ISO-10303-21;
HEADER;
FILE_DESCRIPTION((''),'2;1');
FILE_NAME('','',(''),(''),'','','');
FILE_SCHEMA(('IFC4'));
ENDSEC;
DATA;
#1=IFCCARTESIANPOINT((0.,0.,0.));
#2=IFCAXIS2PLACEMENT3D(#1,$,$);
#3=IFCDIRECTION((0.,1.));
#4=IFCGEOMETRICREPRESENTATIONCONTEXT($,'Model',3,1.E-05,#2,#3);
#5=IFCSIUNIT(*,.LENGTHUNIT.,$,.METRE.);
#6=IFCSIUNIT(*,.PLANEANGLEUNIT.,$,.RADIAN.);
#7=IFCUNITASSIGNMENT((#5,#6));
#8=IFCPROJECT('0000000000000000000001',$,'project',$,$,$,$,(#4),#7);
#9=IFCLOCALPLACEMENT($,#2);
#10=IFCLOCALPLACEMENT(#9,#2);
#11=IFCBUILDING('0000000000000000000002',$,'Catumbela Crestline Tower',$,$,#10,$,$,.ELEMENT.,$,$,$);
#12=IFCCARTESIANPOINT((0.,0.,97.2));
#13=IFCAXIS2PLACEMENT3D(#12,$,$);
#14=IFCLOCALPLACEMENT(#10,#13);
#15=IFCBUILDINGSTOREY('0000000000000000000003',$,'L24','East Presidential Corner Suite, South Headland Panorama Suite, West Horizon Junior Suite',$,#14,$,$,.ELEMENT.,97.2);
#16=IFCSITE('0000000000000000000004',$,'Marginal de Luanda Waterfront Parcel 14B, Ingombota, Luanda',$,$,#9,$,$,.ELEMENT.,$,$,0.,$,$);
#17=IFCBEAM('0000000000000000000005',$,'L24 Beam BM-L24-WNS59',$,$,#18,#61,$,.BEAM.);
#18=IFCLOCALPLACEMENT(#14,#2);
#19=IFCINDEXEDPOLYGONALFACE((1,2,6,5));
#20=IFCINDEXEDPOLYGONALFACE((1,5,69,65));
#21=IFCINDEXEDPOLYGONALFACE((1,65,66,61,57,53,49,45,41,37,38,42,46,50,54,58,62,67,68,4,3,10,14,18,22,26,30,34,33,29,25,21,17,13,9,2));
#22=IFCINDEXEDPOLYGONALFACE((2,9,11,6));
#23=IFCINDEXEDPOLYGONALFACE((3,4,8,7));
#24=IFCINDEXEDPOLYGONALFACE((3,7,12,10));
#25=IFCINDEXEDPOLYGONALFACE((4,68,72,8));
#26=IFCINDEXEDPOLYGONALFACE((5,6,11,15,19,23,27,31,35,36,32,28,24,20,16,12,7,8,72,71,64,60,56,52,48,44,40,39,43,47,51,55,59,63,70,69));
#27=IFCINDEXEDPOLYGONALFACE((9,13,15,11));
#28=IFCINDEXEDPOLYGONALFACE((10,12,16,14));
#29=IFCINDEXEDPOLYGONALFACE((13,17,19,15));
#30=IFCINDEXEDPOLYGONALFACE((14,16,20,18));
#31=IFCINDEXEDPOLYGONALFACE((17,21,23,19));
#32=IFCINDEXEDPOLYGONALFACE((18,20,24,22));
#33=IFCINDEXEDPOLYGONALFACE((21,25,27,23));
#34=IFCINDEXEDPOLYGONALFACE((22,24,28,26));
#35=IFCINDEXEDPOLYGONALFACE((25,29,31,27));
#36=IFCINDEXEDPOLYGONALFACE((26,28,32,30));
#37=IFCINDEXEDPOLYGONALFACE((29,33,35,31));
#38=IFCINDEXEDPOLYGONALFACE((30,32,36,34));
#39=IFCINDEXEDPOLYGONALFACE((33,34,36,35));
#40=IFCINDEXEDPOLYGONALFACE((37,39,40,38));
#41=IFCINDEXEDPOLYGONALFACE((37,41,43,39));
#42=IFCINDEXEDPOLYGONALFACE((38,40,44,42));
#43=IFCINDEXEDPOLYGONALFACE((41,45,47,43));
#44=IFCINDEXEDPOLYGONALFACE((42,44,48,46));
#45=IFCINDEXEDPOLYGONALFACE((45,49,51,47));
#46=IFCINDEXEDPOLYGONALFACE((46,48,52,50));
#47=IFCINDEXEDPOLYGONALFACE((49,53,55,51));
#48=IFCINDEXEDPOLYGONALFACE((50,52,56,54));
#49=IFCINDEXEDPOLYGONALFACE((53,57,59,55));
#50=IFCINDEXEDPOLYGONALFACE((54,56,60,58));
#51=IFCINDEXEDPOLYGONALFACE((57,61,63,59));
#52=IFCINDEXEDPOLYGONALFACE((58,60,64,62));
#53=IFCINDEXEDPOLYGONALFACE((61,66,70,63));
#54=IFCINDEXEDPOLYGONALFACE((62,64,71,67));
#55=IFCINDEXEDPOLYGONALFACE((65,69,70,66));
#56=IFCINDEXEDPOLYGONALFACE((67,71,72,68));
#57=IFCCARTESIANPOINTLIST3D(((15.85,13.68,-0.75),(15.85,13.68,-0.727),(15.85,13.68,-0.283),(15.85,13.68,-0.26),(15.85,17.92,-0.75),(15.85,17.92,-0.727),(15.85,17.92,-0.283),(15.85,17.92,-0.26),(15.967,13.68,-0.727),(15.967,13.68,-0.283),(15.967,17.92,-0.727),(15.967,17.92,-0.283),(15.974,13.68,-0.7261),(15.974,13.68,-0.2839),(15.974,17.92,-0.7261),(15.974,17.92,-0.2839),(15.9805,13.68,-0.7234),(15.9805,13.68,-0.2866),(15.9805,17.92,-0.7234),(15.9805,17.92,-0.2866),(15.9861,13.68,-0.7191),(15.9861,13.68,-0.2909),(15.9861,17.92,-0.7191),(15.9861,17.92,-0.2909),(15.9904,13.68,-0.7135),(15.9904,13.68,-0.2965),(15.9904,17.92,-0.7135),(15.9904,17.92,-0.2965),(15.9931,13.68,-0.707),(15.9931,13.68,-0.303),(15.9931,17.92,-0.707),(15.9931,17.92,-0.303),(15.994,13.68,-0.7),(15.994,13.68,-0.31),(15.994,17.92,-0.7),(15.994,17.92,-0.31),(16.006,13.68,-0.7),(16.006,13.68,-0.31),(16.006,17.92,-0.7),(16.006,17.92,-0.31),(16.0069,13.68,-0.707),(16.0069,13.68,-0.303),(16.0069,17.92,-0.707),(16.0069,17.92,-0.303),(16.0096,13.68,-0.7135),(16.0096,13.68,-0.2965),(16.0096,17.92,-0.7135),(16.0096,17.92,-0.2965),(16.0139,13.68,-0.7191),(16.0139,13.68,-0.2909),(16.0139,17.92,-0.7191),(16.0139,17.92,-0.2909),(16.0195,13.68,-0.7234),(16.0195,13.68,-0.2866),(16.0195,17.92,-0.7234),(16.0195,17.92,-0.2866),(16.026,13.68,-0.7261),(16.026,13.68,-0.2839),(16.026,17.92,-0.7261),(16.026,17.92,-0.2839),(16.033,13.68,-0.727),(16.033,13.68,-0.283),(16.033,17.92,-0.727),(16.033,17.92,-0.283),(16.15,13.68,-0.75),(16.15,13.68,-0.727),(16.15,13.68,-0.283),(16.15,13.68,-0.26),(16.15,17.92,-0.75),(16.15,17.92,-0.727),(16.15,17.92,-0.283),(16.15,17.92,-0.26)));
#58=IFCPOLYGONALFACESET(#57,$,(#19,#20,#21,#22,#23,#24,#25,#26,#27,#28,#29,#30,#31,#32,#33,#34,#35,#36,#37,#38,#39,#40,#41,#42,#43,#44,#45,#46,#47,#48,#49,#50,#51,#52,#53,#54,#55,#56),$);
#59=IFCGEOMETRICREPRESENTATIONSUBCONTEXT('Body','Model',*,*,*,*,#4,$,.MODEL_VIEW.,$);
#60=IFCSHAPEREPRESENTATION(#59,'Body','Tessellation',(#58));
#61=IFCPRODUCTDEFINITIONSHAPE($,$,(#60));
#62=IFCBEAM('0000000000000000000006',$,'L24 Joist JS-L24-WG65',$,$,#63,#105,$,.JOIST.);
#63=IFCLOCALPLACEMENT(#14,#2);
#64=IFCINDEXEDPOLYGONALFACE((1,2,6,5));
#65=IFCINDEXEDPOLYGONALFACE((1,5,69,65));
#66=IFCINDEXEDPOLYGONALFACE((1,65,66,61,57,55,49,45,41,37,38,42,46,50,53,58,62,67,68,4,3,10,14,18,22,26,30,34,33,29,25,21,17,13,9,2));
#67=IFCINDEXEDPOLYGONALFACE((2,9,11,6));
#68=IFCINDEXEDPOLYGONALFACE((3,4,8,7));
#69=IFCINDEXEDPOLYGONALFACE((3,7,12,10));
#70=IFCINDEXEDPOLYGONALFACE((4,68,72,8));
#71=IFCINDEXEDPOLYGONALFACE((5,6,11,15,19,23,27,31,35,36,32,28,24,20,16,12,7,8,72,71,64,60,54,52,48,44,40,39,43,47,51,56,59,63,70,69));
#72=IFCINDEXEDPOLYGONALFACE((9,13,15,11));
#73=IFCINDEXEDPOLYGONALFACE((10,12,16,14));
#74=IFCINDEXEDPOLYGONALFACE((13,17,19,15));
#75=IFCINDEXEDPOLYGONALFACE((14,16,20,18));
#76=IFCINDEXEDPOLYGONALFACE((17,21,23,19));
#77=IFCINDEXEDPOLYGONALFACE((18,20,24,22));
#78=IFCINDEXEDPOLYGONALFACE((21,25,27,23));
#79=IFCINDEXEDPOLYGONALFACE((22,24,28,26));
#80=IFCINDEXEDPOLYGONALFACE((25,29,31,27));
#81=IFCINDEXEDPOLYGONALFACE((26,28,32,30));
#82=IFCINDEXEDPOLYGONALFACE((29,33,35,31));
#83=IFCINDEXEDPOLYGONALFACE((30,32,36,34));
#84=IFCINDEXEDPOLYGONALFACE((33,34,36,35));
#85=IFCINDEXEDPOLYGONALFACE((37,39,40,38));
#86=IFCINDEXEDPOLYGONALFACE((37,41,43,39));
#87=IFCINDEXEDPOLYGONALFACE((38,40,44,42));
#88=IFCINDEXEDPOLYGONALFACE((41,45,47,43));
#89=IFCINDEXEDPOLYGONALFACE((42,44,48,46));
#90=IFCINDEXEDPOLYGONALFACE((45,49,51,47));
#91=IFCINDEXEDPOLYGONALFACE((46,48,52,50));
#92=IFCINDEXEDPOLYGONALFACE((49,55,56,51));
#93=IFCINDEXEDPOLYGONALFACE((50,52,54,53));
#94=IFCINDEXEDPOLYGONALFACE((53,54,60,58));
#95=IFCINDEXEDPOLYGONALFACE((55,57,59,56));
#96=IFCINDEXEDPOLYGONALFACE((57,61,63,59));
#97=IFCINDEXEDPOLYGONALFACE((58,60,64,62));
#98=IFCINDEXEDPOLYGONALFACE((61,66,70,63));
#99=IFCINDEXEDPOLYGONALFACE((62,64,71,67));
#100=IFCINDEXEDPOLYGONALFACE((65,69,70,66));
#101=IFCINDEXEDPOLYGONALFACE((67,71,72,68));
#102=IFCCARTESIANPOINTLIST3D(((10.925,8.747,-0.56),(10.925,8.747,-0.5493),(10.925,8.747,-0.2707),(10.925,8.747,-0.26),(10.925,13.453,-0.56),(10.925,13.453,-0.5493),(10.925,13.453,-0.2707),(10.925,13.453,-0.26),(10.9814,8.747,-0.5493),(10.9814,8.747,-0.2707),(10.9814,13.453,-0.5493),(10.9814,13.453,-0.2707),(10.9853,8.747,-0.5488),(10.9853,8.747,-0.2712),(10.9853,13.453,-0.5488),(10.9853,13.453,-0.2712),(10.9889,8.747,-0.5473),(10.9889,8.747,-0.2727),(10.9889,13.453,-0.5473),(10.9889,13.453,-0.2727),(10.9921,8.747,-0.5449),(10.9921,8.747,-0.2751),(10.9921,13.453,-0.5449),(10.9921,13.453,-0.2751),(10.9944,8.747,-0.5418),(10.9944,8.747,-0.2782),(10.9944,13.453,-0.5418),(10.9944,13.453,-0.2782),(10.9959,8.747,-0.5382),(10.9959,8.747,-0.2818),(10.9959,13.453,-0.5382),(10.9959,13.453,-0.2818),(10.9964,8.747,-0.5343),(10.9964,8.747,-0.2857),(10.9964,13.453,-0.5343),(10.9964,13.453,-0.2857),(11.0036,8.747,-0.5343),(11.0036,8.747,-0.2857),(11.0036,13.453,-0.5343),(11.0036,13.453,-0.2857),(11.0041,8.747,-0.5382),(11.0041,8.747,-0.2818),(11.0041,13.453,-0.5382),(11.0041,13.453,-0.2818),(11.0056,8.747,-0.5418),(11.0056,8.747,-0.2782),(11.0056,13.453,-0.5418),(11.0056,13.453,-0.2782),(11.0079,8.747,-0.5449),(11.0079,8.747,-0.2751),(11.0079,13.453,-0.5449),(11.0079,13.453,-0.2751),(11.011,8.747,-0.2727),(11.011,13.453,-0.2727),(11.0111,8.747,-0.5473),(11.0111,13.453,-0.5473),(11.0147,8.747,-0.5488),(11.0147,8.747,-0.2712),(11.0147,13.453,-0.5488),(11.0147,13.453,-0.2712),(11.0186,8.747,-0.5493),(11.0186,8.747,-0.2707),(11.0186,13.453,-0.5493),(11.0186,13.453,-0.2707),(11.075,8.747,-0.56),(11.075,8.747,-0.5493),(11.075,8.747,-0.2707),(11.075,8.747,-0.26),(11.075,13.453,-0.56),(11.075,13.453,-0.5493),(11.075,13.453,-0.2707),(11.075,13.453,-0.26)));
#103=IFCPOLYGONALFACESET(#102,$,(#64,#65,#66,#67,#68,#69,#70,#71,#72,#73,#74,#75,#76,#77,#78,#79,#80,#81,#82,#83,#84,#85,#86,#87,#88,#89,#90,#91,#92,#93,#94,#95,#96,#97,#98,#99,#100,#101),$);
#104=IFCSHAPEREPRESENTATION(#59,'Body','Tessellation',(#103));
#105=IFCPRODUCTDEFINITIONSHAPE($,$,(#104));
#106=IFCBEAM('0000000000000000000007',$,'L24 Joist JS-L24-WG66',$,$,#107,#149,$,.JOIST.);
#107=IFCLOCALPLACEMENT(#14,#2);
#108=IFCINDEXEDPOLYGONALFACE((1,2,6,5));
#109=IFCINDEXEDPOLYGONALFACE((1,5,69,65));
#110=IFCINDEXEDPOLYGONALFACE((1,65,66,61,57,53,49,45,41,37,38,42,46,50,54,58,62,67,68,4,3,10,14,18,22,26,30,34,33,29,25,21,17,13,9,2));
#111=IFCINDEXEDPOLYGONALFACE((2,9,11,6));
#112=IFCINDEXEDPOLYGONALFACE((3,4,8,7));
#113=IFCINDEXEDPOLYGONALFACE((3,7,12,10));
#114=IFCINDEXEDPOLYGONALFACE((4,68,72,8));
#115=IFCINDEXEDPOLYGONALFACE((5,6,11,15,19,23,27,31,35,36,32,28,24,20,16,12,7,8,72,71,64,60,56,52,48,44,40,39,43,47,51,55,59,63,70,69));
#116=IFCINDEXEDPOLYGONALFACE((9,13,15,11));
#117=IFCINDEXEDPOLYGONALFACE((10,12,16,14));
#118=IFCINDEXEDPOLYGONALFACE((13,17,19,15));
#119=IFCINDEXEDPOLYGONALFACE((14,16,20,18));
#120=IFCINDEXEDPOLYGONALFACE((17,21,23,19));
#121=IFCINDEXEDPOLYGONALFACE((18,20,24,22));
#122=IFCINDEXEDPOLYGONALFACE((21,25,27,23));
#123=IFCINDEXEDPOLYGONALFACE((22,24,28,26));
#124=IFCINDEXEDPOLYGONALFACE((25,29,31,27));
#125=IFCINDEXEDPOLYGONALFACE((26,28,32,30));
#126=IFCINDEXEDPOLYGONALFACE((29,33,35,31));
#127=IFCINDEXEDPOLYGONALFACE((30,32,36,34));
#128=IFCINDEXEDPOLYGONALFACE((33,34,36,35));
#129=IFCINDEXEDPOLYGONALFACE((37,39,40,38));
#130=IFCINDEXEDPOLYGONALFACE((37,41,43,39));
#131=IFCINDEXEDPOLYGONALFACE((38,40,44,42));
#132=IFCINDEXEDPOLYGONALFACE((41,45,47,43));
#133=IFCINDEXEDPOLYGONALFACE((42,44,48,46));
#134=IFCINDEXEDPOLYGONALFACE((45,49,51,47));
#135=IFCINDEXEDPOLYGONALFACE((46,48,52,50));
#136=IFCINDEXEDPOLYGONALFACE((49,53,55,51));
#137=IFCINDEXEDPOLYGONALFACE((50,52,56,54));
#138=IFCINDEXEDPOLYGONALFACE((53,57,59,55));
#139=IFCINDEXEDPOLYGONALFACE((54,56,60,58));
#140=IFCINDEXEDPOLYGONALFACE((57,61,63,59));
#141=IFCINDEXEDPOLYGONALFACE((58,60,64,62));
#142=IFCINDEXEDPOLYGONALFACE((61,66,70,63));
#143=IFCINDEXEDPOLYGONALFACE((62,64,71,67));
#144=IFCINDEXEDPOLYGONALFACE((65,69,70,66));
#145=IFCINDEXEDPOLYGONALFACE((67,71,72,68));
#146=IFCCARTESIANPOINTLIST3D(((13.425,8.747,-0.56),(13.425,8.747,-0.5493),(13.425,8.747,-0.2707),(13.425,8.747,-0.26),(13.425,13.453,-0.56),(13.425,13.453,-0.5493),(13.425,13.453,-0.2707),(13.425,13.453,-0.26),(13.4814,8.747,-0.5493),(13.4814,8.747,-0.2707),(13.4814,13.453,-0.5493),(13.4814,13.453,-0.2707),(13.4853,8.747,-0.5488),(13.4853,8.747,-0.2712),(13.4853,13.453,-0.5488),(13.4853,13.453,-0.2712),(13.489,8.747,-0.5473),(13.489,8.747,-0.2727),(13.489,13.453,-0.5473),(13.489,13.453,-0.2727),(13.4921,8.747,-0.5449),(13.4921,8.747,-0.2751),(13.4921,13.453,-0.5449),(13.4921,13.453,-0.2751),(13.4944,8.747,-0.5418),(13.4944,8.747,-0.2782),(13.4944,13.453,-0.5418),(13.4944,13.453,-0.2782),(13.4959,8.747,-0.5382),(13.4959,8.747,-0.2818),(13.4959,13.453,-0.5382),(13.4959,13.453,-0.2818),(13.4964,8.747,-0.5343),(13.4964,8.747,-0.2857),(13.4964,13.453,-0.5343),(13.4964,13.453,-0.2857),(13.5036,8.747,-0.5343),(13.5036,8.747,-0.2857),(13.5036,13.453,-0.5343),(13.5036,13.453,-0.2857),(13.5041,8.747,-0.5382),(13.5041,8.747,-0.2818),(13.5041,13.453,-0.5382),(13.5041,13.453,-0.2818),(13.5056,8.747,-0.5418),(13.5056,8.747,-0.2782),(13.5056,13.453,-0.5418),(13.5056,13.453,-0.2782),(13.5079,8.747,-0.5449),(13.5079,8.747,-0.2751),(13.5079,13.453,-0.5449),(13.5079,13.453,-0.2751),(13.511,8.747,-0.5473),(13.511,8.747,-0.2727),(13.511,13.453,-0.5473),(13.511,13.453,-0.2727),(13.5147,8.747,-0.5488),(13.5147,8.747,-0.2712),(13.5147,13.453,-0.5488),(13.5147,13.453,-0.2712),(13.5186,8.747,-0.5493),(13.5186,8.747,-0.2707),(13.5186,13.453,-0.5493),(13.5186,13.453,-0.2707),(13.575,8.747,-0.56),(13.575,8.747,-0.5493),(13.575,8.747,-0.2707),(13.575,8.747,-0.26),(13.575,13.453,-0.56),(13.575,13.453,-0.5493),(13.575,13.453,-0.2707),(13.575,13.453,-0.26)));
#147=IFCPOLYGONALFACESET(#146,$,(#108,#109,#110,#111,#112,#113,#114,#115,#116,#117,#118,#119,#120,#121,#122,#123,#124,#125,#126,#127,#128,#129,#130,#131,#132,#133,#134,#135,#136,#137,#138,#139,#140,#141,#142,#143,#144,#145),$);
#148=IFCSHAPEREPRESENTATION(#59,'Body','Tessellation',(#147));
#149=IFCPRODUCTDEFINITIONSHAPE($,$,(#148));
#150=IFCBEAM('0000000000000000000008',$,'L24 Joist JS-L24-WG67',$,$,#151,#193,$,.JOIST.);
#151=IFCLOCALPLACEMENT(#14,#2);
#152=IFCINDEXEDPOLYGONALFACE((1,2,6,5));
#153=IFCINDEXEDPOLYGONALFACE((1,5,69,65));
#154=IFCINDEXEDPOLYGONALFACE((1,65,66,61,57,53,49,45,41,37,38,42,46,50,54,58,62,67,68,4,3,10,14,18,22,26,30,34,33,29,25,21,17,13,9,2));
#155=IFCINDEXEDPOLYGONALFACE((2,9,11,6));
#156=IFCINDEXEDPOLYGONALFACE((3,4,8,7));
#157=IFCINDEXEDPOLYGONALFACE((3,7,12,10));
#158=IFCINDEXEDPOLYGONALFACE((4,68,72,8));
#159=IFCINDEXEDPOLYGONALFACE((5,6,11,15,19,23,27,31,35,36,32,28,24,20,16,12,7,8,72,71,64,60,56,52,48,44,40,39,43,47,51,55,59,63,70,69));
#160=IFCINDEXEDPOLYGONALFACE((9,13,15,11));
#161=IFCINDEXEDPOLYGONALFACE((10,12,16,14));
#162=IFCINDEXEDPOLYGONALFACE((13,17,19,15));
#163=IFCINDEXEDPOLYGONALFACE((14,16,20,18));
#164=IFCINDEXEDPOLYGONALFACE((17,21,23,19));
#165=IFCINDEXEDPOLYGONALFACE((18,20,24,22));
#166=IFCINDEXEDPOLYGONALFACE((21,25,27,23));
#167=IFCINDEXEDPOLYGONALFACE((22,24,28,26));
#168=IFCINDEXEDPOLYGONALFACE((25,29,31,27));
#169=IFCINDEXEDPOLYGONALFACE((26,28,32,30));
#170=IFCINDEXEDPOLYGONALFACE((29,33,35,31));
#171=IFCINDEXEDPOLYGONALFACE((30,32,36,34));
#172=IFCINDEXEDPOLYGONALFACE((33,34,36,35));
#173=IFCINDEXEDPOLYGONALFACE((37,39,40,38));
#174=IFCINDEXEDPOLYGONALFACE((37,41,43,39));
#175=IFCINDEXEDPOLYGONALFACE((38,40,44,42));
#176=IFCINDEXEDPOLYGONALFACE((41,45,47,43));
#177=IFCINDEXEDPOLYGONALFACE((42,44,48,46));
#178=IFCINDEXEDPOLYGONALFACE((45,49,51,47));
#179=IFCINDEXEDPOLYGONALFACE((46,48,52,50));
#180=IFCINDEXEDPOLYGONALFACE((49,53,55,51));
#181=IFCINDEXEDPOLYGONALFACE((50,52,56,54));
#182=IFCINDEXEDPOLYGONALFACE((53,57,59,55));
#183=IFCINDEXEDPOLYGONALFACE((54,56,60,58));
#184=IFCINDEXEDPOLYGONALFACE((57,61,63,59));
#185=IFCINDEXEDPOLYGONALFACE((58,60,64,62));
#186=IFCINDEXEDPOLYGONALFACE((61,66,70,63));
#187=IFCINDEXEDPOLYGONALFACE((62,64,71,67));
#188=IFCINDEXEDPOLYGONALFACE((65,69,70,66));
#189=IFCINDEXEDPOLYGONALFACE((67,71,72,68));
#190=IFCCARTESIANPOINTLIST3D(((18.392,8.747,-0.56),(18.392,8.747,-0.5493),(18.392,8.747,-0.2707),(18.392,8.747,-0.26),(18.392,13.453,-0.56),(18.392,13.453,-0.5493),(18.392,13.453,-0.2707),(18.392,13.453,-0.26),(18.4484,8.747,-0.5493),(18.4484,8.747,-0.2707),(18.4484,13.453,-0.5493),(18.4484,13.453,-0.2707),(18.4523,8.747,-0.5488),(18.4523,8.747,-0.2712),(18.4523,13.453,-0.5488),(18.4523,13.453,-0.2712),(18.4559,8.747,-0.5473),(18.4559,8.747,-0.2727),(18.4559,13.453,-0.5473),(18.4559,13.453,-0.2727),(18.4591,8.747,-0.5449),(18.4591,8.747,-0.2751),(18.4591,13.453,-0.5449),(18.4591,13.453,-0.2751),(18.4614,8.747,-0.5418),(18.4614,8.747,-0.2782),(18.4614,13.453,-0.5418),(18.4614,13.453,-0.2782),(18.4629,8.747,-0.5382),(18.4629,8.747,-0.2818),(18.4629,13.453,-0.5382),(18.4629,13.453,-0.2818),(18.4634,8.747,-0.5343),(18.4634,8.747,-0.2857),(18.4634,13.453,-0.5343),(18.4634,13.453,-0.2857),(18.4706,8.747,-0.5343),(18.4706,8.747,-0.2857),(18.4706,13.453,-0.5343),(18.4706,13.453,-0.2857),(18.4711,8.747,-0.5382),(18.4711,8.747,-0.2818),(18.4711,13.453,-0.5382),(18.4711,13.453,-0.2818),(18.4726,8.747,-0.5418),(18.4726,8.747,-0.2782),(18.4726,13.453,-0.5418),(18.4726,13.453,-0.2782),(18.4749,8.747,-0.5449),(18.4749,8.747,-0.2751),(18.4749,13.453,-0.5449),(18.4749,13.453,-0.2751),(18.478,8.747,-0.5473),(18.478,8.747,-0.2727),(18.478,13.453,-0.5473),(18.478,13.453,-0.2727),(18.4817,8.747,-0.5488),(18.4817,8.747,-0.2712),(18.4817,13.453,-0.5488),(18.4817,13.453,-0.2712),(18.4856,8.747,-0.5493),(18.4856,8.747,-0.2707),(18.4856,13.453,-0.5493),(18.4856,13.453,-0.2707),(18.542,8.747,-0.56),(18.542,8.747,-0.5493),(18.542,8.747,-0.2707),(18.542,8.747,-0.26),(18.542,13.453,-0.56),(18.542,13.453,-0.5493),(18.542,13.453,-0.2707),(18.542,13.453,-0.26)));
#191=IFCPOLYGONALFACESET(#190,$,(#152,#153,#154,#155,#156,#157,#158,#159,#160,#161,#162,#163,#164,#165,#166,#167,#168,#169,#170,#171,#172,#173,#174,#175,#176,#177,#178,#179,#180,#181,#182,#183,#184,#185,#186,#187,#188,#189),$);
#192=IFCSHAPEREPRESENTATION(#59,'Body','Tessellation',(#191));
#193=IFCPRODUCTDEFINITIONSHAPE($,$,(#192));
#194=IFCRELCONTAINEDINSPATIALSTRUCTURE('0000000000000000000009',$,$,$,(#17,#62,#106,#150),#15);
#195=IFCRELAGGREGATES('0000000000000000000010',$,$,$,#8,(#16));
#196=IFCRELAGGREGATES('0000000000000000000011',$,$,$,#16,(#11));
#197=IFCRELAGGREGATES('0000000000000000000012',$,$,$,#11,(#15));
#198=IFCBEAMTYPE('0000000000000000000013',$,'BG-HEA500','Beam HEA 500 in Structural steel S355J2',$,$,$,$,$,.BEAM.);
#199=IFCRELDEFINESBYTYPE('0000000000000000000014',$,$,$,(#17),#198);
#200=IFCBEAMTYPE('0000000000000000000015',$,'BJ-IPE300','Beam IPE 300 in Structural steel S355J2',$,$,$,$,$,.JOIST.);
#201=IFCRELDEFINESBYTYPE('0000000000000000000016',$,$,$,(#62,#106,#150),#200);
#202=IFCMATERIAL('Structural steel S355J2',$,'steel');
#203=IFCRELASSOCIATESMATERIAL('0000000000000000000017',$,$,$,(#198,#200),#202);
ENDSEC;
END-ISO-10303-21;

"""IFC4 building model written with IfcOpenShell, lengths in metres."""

from ifc_helpers import new_model, si_unit, direction, frame, origin, origin_2d, place, context, subcontext, project, spatial, i_section, extrude, material, material_profile, profile_set, type_object, element, save


model = new_model("IFC4")

# Units and contexts
model_context = context("Model", 3, precision=1e-05, world=origin(), true_north=direction((0.0, 1.0)))
body_context = subcontext(model_context, "Body", "Model", "MODEL_VIEW")
ifc_project = project(units=[si_unit("LENGTHUNIT", "METRE"), si_unit("PLANEANGLEUNIT", "RADIAN")], contexts=[model_context])

# Site, building, storey
site_placement = place(None, origin())
site = spatial("IfcSite", under=ifc_project, at=site_placement, Name="Marginal de Luanda Waterfront Parcel 14B, Ingombota, Luanda", CompositionType="ELEMENT", RefElevation=0.0)
building_placement = place(site_placement, origin())
building = spatial("IfcBuilding", under=site, at=building_placement, Name="Catumbela Crestline Tower", CompositionType="ELEMENT")
storey_placement = place(building_placement, frame((0.0, 0.0, 97.2)))
storey = spatial("IfcBuildingStorey", under=building, at=storey_placement, Name="L24", Description="East Presidential Corner Suite, South Headland Panorama Suite, West Horizon Junior Suite", CompositionType="ELEMENT", Elevation=97.2)

# Beams
ifc_material_1 = material(Name="Structural steel S355J2", Category="steel")
ifc_material_profile_1 = material_profile(ifc_material_1, i_section(OverallWidth=0.3, OverallDepth=0.49, WebThickness=0.012, FlangeThickness=0.023, FilletRadius=0.027, at=origin_2d()), Name="HEA 500")
ifc_profile_set_1 = profile_set([ifc_material_profile_1], Name="Structural steel S355J2")
beam_type_1 = type_object("IfcBeamType", Name="BG-HEA500", Description="Beam HEA 500 in Structural steel S355J2", PredefinedType="BEAM", material=ifc_profile_set_1)
beam_1_placement = place(storey_placement, frame((16.0, 13.68, -0.505), z_axis=(0.0, 1.0, 0.0), x_axis=(-1.0, 0.0, 0.0)))
element("IfcBeam", 1, at=beam_1_placement, inside=storey, type_object=beam_type_1, Name="L24 Beam BM-L24-WNS59", PredefinedType="BEAM", context=body_context, shape_type="SweptSolid", body=[
    extrude(i_section(OverallWidth=0.3, OverallDepth=0.49, WebThickness=0.012, FlangeThickness=0.023, FilletRadius=0.027, at=origin_2d()), origin(), (0.0, 0.0, 1.0), 4.24),
])
ifc_material_profile_2 = material_profile(ifc_material_1, i_section(OverallWidth=0.15, OverallDepth=0.3, WebThickness=0.0071, FlangeThickness=0.0107, FilletRadius=0.015, at=origin_2d()), Name="IPE 300")
ifc_profile_set_2 = profile_set([ifc_material_profile_2], Name="Structural steel S355J2")
beam_type_2 = type_object("IfcBeamType", Name="BJ-IPE300", Description="Beam IPE 300 in Structural steel S355J2", PredefinedType="JOIST", material=ifc_profile_set_2)
for number, where, z_axis, x_axis, name in (
    (2, (11.0, 8.747, -0.41), (0.0, 1.0, 0.0), (-1.0, 0.0, 0.0), "L24 Joist JS-L24-WG65"),
    (3, (13.5, 8.747, -0.41), (0.0, 1.0, 0.0), (-1.0, 0.0, 0.0), "L24 Joist JS-L24-WG66"),
    (4, (18.467, 8.747, -0.41), (0.0, 1.0, 0.0), (-1.0, 0.0, 0.0), "L24 Joist JS-L24-WG67"),
):
    element("IfcBeam", number, at=place(storey_placement, frame(where, z_axis=z_axis, x_axis=x_axis)), inside=storey, type_object=beam_type_2, Name=name, PredefinedType="JOIST", context=body_context, shape_type="SweptSolid", body=[
        extrude(i_section(OverallWidth=0.15, OverallDepth=0.3, WebThickness=0.0071, FlangeThickness=0.0107, FilletRadius=0.015, at=origin_2d()), origin(), (0.0, 0.0, 1.0), 4.706),
    ])

save(model, "model.ifc")
